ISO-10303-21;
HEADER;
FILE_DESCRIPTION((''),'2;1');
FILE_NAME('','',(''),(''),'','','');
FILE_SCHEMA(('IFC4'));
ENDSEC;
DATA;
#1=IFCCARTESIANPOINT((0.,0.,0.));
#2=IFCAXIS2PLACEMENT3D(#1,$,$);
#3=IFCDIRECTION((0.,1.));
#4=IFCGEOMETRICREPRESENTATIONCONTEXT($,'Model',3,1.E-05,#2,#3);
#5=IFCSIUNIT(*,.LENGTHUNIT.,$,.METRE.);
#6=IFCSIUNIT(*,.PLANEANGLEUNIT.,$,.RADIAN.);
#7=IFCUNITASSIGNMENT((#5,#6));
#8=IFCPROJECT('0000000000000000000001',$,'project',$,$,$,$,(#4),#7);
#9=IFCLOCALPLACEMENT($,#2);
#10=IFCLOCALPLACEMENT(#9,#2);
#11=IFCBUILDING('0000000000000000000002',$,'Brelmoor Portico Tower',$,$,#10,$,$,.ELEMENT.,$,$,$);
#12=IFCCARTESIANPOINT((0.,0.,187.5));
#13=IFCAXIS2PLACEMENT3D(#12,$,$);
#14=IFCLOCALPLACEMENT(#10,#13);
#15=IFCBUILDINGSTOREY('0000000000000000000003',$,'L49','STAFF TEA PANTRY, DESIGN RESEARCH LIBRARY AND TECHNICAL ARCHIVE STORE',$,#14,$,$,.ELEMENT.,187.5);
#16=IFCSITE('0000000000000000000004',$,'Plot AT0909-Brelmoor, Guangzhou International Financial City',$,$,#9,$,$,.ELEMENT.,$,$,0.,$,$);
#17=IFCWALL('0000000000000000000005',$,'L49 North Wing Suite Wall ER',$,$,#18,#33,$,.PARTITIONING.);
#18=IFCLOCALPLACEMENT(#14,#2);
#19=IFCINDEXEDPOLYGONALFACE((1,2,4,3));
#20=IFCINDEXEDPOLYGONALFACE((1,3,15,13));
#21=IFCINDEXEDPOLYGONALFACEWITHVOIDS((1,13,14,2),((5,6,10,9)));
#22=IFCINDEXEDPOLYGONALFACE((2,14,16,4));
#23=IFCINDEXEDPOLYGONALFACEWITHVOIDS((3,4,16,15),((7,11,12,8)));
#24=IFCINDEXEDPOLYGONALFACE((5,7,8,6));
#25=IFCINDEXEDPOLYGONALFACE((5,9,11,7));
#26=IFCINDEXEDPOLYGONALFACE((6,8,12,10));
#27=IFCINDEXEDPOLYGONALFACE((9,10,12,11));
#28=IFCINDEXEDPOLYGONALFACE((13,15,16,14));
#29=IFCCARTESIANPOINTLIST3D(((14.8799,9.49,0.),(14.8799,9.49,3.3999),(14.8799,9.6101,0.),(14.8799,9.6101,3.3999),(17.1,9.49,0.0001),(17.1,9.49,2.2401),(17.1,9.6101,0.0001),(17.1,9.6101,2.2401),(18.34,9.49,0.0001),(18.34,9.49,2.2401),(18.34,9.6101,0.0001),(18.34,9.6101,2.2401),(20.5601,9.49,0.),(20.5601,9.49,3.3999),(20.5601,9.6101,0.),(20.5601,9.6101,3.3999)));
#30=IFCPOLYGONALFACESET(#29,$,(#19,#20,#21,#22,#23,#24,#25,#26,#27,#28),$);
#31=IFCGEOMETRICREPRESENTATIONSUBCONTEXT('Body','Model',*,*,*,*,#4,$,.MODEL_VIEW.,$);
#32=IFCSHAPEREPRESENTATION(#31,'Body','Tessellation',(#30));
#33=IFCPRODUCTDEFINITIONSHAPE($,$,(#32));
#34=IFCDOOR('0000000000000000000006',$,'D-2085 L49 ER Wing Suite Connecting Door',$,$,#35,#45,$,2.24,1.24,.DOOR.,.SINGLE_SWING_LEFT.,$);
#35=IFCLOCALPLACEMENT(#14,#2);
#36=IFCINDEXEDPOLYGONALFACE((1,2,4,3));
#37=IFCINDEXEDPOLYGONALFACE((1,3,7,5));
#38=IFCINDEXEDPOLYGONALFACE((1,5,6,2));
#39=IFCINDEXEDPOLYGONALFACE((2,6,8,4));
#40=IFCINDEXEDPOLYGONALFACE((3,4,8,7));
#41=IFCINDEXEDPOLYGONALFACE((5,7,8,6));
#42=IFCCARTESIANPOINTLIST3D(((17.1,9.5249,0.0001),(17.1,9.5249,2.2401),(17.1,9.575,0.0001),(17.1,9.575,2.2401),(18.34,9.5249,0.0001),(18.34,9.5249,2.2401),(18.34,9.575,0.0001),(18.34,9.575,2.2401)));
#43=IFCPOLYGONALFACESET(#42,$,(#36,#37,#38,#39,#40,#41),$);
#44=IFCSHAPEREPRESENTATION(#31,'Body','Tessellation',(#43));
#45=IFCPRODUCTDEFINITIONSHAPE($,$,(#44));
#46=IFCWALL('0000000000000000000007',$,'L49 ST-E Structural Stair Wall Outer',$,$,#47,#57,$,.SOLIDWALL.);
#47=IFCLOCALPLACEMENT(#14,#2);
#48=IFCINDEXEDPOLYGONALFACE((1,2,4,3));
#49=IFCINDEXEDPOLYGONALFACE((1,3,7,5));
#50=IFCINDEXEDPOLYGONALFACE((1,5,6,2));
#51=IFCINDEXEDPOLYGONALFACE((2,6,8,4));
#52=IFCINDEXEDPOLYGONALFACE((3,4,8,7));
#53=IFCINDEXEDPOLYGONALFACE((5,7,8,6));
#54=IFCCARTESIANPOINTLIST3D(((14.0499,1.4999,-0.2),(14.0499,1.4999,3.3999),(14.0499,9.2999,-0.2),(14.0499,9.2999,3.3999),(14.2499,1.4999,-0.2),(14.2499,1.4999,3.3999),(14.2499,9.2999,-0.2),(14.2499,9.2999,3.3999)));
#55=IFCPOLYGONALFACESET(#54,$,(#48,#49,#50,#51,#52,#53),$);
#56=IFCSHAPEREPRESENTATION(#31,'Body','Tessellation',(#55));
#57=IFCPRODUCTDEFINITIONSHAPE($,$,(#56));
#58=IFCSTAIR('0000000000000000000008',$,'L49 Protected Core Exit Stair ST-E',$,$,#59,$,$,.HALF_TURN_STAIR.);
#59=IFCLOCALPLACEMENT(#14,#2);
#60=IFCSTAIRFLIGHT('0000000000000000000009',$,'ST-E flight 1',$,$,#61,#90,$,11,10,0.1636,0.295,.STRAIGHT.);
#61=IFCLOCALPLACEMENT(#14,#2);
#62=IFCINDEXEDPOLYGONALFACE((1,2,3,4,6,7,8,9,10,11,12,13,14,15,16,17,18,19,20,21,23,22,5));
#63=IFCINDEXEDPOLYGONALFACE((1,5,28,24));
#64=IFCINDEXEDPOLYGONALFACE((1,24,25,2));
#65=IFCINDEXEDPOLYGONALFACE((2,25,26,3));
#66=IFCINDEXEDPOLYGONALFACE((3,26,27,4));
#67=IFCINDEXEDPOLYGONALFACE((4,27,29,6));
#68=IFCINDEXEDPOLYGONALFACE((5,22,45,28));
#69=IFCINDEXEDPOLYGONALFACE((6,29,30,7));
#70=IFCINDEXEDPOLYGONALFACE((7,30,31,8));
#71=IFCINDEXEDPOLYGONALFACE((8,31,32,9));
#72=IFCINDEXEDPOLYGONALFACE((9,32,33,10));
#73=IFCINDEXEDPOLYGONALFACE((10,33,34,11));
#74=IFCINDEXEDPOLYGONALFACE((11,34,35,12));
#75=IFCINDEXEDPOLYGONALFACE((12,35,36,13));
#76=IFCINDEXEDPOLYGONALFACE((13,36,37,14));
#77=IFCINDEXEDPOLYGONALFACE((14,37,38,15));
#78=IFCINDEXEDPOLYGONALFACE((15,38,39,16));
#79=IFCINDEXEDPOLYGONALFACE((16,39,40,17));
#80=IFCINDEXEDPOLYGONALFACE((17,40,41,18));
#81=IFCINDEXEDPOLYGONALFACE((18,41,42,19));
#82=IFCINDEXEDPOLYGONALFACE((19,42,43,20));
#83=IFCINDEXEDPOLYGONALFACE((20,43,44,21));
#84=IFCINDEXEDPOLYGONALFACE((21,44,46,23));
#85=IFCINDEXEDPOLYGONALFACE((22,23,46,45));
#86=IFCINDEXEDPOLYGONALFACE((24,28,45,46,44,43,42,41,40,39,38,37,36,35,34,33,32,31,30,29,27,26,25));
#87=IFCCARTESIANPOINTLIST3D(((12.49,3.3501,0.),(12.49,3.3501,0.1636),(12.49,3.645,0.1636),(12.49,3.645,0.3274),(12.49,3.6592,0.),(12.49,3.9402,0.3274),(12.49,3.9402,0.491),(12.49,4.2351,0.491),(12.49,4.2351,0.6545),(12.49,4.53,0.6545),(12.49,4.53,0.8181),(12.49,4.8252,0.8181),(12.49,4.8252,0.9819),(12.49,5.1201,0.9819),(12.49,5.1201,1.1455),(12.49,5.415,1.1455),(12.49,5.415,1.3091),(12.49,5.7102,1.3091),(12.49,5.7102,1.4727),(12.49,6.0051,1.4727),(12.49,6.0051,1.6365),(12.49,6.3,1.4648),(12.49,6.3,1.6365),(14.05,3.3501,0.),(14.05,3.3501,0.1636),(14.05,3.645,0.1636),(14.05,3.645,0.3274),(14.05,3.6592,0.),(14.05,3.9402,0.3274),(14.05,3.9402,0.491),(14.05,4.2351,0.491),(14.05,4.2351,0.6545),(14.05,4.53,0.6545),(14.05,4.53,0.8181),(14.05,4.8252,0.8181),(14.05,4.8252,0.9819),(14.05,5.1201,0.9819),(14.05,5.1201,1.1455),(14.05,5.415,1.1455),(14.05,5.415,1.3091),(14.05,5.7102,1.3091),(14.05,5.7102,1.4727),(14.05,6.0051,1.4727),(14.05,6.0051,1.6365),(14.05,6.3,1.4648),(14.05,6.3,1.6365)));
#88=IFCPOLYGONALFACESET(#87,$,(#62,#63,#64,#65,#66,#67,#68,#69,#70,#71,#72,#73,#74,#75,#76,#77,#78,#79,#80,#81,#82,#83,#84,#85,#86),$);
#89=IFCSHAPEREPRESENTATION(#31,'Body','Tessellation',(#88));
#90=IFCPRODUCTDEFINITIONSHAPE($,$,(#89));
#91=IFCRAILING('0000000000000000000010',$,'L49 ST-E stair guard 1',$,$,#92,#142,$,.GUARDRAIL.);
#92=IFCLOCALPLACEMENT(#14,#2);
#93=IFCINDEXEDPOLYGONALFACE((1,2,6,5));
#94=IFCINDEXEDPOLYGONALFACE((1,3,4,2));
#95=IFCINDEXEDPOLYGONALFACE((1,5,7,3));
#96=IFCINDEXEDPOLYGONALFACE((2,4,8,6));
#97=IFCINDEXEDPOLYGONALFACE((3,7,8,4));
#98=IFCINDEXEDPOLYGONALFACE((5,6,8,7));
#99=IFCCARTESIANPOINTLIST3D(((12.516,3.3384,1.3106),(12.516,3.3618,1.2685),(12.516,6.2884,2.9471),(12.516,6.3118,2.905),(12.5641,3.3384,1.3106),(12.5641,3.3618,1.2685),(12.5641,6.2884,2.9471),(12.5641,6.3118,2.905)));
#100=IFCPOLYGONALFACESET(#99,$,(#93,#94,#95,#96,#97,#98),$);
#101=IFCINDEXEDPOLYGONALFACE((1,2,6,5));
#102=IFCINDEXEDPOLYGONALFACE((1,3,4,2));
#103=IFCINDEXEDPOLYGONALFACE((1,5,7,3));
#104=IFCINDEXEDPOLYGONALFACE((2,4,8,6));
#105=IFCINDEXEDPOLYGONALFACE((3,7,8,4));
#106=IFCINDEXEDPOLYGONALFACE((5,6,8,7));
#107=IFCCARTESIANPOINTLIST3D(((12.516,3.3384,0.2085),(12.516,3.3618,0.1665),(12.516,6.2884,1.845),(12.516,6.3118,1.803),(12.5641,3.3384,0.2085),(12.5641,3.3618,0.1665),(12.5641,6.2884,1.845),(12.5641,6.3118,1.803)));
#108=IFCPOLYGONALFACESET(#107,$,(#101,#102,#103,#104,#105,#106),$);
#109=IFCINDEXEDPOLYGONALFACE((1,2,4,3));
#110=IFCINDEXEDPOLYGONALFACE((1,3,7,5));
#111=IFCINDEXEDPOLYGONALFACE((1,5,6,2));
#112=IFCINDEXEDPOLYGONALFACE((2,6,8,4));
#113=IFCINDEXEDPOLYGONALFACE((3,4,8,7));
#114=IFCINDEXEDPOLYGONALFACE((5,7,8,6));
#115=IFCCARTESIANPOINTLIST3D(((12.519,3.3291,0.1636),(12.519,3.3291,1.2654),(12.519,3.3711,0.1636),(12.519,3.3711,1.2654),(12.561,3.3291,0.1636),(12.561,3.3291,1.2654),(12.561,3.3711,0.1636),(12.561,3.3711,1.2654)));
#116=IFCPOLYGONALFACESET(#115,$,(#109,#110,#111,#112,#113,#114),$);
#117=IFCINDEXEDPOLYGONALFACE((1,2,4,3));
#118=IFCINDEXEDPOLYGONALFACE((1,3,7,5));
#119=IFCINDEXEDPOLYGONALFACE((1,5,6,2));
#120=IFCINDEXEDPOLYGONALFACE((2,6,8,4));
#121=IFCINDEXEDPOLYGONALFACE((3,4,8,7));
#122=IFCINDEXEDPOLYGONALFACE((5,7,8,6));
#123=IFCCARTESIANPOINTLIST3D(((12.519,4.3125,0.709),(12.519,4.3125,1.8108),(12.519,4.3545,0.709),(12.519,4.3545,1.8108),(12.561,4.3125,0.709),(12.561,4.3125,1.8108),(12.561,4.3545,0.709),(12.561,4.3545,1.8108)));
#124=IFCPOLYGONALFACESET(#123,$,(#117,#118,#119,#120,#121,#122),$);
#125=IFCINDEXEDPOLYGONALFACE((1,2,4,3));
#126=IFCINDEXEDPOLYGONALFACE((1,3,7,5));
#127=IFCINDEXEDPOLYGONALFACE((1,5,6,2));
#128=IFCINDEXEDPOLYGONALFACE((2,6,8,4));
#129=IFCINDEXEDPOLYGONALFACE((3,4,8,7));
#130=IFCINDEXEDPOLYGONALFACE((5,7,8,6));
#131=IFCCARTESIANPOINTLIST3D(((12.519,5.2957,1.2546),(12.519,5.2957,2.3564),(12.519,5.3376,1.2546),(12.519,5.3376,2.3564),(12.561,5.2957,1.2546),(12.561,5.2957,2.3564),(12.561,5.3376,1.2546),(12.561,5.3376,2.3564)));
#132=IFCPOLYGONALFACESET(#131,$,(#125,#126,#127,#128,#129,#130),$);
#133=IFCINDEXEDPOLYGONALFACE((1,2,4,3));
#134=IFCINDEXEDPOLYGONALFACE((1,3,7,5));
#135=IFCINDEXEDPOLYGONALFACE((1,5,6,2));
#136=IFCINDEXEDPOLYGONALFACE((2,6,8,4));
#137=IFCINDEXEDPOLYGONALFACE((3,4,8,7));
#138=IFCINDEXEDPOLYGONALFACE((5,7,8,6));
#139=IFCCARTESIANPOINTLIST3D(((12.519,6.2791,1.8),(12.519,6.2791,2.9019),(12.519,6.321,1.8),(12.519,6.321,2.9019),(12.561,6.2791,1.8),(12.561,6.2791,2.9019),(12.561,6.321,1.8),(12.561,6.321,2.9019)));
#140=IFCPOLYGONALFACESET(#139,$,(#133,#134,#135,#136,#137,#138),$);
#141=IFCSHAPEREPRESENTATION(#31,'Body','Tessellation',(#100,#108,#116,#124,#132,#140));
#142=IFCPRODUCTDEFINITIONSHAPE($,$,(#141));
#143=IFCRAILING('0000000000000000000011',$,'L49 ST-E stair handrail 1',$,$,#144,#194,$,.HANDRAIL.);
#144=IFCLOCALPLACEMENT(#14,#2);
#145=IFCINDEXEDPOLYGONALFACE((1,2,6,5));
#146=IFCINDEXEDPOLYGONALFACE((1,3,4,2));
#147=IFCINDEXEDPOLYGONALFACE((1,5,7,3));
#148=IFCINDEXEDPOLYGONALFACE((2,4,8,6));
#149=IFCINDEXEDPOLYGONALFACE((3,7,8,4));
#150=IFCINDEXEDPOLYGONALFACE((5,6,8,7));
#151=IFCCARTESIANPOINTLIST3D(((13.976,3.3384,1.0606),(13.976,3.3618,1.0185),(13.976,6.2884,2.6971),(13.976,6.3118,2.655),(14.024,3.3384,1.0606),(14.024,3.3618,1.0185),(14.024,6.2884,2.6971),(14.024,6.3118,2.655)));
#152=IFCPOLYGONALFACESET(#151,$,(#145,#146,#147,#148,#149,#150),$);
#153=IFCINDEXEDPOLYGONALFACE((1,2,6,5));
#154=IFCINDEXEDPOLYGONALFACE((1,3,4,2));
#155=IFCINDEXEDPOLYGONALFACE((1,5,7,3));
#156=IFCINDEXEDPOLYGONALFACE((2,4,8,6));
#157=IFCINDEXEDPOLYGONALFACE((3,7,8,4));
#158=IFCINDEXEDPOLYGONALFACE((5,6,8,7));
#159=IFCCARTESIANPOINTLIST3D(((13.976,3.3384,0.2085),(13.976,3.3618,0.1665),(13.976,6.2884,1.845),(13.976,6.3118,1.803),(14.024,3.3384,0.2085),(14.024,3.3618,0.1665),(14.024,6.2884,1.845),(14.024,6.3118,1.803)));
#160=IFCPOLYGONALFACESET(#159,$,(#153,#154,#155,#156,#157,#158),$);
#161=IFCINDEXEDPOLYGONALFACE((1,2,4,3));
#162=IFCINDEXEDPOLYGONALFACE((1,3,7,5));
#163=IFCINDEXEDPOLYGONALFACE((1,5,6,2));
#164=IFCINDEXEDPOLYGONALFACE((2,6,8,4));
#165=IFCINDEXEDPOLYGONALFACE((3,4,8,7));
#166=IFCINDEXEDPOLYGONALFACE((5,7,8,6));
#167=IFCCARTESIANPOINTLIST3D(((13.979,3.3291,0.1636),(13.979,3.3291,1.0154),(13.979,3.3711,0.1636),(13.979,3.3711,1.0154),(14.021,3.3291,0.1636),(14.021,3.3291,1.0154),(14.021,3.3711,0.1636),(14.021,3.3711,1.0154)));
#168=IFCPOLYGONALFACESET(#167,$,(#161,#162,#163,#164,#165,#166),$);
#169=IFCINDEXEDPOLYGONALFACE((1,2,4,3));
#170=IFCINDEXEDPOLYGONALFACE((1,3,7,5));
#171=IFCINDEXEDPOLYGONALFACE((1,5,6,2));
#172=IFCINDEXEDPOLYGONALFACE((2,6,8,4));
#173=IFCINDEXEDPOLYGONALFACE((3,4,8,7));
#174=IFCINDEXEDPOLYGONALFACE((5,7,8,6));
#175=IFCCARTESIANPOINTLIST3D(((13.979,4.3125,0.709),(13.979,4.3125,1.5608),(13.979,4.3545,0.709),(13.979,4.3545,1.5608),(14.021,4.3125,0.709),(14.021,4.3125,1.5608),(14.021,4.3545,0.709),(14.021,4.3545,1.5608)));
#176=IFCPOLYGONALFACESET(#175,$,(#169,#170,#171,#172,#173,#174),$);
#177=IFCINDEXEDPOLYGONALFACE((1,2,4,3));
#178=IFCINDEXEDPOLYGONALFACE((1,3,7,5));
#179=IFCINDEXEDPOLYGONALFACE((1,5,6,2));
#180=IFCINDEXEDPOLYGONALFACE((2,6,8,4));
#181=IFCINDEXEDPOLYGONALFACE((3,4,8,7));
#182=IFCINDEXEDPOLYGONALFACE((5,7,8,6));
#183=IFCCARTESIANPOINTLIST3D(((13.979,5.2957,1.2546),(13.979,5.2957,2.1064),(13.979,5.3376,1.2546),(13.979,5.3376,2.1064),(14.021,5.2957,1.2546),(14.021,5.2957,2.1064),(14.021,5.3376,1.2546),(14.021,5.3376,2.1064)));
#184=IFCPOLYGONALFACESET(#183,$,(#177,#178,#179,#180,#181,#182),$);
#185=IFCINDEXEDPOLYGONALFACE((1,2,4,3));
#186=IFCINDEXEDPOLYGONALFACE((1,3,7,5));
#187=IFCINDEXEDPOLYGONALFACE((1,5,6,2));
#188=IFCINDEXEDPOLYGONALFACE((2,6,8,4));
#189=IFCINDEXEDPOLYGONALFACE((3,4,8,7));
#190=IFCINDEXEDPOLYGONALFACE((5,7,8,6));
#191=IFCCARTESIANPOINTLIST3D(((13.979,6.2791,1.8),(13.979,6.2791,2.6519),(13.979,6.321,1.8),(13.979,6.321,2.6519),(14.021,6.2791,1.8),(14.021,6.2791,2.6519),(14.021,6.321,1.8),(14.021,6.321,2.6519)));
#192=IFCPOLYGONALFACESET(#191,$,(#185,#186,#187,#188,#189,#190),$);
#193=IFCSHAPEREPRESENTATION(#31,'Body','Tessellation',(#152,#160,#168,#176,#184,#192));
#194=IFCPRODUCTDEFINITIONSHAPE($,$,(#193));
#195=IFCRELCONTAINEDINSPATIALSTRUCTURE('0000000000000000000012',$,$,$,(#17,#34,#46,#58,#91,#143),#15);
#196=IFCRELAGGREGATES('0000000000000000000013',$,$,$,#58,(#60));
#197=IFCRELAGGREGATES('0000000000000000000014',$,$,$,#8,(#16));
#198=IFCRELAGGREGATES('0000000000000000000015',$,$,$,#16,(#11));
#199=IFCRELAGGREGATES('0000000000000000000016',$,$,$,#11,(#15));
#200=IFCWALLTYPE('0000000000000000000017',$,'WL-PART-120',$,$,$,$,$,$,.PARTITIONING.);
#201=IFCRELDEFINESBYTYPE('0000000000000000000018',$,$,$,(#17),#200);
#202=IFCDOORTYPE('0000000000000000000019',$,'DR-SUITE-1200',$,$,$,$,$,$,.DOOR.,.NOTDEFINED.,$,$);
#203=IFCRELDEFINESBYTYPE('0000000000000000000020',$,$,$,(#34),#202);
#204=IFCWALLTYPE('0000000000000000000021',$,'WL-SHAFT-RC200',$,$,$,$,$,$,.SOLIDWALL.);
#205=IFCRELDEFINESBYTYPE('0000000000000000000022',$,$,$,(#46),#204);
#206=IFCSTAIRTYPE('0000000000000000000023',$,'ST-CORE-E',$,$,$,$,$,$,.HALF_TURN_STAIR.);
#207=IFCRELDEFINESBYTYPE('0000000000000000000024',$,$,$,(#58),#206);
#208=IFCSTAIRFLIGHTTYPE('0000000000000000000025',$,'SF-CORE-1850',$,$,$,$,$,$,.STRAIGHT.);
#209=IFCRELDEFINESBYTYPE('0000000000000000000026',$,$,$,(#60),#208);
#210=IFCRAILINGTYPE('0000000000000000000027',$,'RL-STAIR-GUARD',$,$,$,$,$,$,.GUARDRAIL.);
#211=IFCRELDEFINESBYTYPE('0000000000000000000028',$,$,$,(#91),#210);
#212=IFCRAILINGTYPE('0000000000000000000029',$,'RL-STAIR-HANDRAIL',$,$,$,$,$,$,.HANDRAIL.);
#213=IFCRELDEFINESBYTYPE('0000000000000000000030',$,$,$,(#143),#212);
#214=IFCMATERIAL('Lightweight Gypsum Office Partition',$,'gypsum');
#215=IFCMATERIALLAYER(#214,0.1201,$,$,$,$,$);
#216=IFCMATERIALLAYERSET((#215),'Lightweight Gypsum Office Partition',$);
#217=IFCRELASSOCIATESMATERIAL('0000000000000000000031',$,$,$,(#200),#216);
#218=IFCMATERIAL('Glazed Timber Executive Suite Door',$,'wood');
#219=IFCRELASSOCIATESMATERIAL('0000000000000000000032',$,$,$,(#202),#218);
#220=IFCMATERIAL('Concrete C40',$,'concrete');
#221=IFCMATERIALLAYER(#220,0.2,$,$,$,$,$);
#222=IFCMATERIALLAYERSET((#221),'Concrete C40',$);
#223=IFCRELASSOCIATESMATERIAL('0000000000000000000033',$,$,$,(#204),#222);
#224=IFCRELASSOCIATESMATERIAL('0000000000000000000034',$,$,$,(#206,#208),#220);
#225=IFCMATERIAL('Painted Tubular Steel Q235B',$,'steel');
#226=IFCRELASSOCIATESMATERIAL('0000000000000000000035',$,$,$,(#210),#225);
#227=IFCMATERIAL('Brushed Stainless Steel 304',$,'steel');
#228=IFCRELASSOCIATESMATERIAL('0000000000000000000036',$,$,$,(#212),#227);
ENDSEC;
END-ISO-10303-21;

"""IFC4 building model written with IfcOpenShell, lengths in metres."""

from ifc_helpers import new_model, si_unit, direction, frame, frame_2d, origin, origin_2d, place, context, subcontext, project, spatial, polyline, rectangle, outline, extrude, material, layer, layer_set, type_object, element, fill, aggregate, save


model = new_model("IFC4")

# Units and contexts
model_context = context("Model", 3, precision=1e-05, world=origin(), true_north=direction((0.0, 1.0)))
body_context = subcontext(model_context, "Body", "Model", "MODEL_VIEW")
ifc_project = project(units=[si_unit("LENGTHUNIT", "METRE"), si_unit("PLANEANGLEUNIT", "RADIAN")], contexts=[model_context])

# Site, building, storey
site_placement = place(None, origin())
site = spatial("IfcSite", under=ifc_project, at=site_placement, Name="Plot AT0909-Brelmoor, Guangzhou International Financial City", CompositionType="ELEMENT", RefElevation=0.0)
building_placement = place(site_placement, origin())
building = spatial("IfcBuilding", under=site, at=building_placement, Name="Brelmoor Portico Tower", CompositionType="ELEMENT")
storey_placement = place(building_placement, frame((0.0, 0.0, 187.5)))
storey = spatial("IfcBuildingStorey", under=building, at=storey_placement, Name="L49", Description="STAFF TEA PANTRY, DESIGN RESEARCH LIBRARY AND TECHNICAL ARCHIVE STORE", CompositionType="ELEMENT", Elevation=187.5)

# Wall, opening, door
ifc_material_1 = material(Name="Lightweight Gypsum Office Partition", Category="gypsum")
ifc_layer_1 = layer(ifc_material_1, 0.1201)
ifc_layer_set_1 = layer_set([ifc_layer_1], Name="Lightweight Gypsum Office Partition")
wall_type_1 = type_object("IfcWallType", Name="WL-PART-120", PredefinedType="PARTITIONING", material=ifc_layer_set_1)
wall_1_placement = place(storey_placement, frame((14.8799, 9.55, 0.0), z_axis=(0.0, 0.0, 1.0), x_axis=(1.0, 0.0, 0.0)))
wall_1 = element("IfcWall", 1, at=wall_1_placement, inside=storey, type_object=wall_type_1, Name="L49 North Wing Suite Wall ER", PredefinedType="PARTITIONING", context=body_context, shape_type="SweptSolid", body=[
    extrude(rectangle(XDim=5.6802, YDim=0.1201, at=frame_2d((2.8401, 0.0))), origin(), (0.0, 0.0, 1.0), 3.3999),
])
opening_placement = place(wall_1_placement, frame((2.22, 0.0, 0.0)))
opening = element("IfcOpeningElement", 2, at=opening_placement, cuts=wall_1, PredefinedType="OPENING", context=body_context, shape_type="SweptSolid", body=[
    extrude(rectangle(XDim=1.24, YDim=2.24, at=frame_2d((0.6201, 1.1201))), frame((0.0, 0.0701, 0.0), z_axis=(0.0, -1.0, 0.0), x_axis=(1.0, 0.0, 0.0)), (0.0, 0.0, 1.0), 0.1401),
])
ifc_material_2 = material(Name="Glazed Timber Executive Suite Door", Category="wood")
door_type = type_object("IfcDoorType", Name="DR-SUITE-1200", OperationType="NOTDEFINED", PredefinedType="DOOR", material=ifc_material_2)
door_placement = place(opening_placement, origin())
door = element("IfcDoor", 3, at=door_placement, inside=storey, type_object=door_type, Name="D-2085 L49 ER Wing Suite Connecting Door", OperationType="SINGLE_SWING_LEFT", OverallHeight=2.24, OverallWidth=1.24, PredefinedType="DOOR", context=body_context, shape_type="SweptSolid", body=[
    extrude(rectangle(XDim=1.24, YDim=2.24, at=frame_2d((0.6201, 1.1201))), frame((0.0, 0.0249, 0.0), z_axis=(0.0, -1.0, 0.0), x_axis=(1.0, 0.0, 0.0)), (0.0, 0.0, 1.0), 0.05),
])
fill(opening, door)

# Wall
ifc_material_3 = material(Name="Concrete C40", Category="concrete")
ifc_layer_2 = layer(ifc_material_3, 0.2)
ifc_layer_set_2 = layer_set([ifc_layer_2], Name="Concrete C40")
wall_type_2 = type_object("IfcWallType", Name="WL-SHAFT-RC200", PredefinedType="SOLIDWALL", material=ifc_layer_set_2)
wall_2_placement = place(storey_placement, frame((14.1499, 1.5, -0.2), z_axis=(0.0, 0.0, 1.0), x_axis=(0.0, 1.0, 0.0)))
element("IfcWall", 4, at=wall_2_placement, inside=storey, type_object=wall_type_2, Name="L49 ST-E Structural Stair Wall Outer", PredefinedType="SOLIDWALL", context=body_context, shape_type="SweptSolid", body=[
    extrude(rectangle(XDim=7.8, YDim=0.2, at=frame_2d((3.8999, 0.0))), origin(), (0.0, 0.0, 1.0), 3.5999),
])

# Stair, stair flight
stair_type = type_object("IfcStairType", Name="ST-CORE-E", PredefinedType="HALF_TURN_STAIR", material=ifc_material_3)
stair_placement = place(storey_placement, origin())
stair = element("IfcStair", 5, at=stair_placement, inside=storey, type_object=stair_type, Name="L49 Protected Core Exit Stair ST-E", PredefinedType="HALF_TURN_STAIR")
stair_flight_type = type_object("IfcStairFlightType", Name="SF-CORE-1850", PredefinedType="STRAIGHT", material=ifc_material_3)
stair_flight_placement = place(storey_placement, frame((13.27, 3.3501, 0.0), z_axis=(0.0, 0.0, 1.0), x_axis=(0.0, 1.0, 0.0)))
stair_flight = element("IfcStairFlight", 6, at=stair_flight_placement, type_object=stair_flight_type, Name="ST-E flight 1", NumberOfRisers=11, NumberOfTreads=10, PredefinedType="STRAIGHT", RiserHeight=0.1636, TreadLength=0.295, context=body_context, shape_type="SweptSolid", body=[
    extrude(outline(polyline([(0.0, 0.0), (0.0, 0.1636), (0.2949, 0.1636), (0.2949, 0.3274), (0.5901, 0.3274), (0.5901, 0.491), (0.885, 0.491), (0.885, 0.6545), (1.1799, 0.6545), (1.1799, 0.8181), (1.4751, 0.8181), (1.4751, 0.9819), (1.77, 0.9819), (1.77, 1.1455), (2.0649, 1.1455), (2.0649, 1.3091), (2.3601, 1.3091), (2.3601, 1.4727), (2.655, 1.4727), (2.655, 1.6365), (2.95, 1.6365), (2.95, 1.8), (2.95, 1.4648), (0.3091, 0.0), (0.0, 0.0)])), frame((0.0, 0.78, 0.0), z_axis=(0.0, -1.0, 0.0), x_axis=(1.0, 0.0, 0.0)), (0.0, 0.0, 1.0), 1.5601),
])
aggregate(stair, [stair_flight])

# Railings
ifc_material_4 = material(Name="Painted Tubular Steel Q235B", Category="steel")
railing_type_1 = type_object("IfcRailingType", Name="RL-STAIR-GUARD", PredefinedType="GUARDRAIL", material=ifc_material_4)
railing_1_placement = place(storey_placement, frame((12.54, 3.3501, 0.1636)))
element("IfcRailing", 7, at=railing_1_placement, inside=storey, type_object=railing_type_1, Name="L49 ST-E stair guard 1", PredefinedType="GUARDRAIL", context=body_context, shape_type="SweptSolid", body=[
    extrude(rectangle(XDim=0.0481, YDim=0.0481, at=origin_2d()), frame((0.0, 0.0, 1.126), z_axis=(0.0, 0.874458, 0.485102), x_axis=(-1.0, 0.0, 0.0)), (0.0, 0.0, 1.0), 3.3735),
    extrude(rectangle(XDim=0.0481, YDim=0.0481, at=origin_2d()), frame((0.0, 0.0, 0.0239), z_axis=(0.0, 0.874458, 0.485102), x_axis=(-1.0, 0.0, 0.0)), (0.0, 0.0, 1.0), 3.3735),
    extrude(rectangle(XDim=0.042, YDim=0.042, at=origin_2d()), origin(), (0.0, 0.0, 1.0), 1.1018),
    extrude(rectangle(XDim=0.042, YDim=0.042, at=origin_2d()), frame((0.0, 0.9834, 0.5454)), (0.0, 0.0, 1.0), 1.1018),
    extrude(rectangle(XDim=0.042, YDim=0.042, at=origin_2d()), frame((0.0, 1.9666, 1.0911)), (0.0, 0.0, 1.0), 1.1018),
    extrude(rectangle(XDim=0.042, YDim=0.042, at=origin_2d()), frame((0.0, 2.95, 1.6365)), (0.0, 0.0, 1.0), 1.1018),
])
ifc_material_5 = material(Name="Brushed Stainless Steel 304", Category="steel")
railing_type_2 = type_object("IfcRailingType", Name="RL-STAIR-HANDRAIL", PredefinedType="HANDRAIL", material=ifc_material_5)
railing_2_placement = place(storey_placement, frame((14.0, 3.3501, 0.1636)))
element("IfcRailing", 8, at=railing_2_placement, inside=storey, type_object=railing_type_2, Name="L49 ST-E stair handrail 1", PredefinedType="HANDRAIL", context=body_context, shape_type="SweptSolid", body=[
    extrude(rectangle(XDim=0.0481, YDim=0.0481, at=origin_2d()), frame((0.0, 0.0, 0.876), z_axis=(0.0, 0.874458, 0.485102), x_axis=(-1.0, 0.0, 0.0)), (0.0, 0.0, 1.0), 3.3735),
    extrude(rectangle(XDim=0.0481, YDim=0.0481, at=origin_2d()), frame((0.0, 0.0, 0.0239), z_axis=(0.0, 0.874458, 0.485102), x_axis=(-1.0, 0.0, 0.0)), (0.0, 0.0, 1.0), 3.3735),
    extrude(rectangle(XDim=0.042, YDim=0.042, at=origin_2d()), origin(), (0.0, 0.0, 1.0), 0.8518),
    extrude(rectangle(XDim=0.042, YDim=0.042, at=origin_2d()), frame((0.0, 0.9834, 0.5454)), (0.0, 0.0, 1.0), 0.8518),
    extrude(rectangle(XDim=0.042, YDim=0.042, at=origin_2d()), frame((0.0, 1.9666, 1.0911)), (0.0, 0.0, 1.0), 0.8518),
    extrude(rectangle(XDim=0.042, YDim=0.042, at=origin_2d()), frame((0.0, 2.95, 1.6365)), (0.0, 0.0, 1.0), 0.8518),
])

save(model, "model.ifc")
